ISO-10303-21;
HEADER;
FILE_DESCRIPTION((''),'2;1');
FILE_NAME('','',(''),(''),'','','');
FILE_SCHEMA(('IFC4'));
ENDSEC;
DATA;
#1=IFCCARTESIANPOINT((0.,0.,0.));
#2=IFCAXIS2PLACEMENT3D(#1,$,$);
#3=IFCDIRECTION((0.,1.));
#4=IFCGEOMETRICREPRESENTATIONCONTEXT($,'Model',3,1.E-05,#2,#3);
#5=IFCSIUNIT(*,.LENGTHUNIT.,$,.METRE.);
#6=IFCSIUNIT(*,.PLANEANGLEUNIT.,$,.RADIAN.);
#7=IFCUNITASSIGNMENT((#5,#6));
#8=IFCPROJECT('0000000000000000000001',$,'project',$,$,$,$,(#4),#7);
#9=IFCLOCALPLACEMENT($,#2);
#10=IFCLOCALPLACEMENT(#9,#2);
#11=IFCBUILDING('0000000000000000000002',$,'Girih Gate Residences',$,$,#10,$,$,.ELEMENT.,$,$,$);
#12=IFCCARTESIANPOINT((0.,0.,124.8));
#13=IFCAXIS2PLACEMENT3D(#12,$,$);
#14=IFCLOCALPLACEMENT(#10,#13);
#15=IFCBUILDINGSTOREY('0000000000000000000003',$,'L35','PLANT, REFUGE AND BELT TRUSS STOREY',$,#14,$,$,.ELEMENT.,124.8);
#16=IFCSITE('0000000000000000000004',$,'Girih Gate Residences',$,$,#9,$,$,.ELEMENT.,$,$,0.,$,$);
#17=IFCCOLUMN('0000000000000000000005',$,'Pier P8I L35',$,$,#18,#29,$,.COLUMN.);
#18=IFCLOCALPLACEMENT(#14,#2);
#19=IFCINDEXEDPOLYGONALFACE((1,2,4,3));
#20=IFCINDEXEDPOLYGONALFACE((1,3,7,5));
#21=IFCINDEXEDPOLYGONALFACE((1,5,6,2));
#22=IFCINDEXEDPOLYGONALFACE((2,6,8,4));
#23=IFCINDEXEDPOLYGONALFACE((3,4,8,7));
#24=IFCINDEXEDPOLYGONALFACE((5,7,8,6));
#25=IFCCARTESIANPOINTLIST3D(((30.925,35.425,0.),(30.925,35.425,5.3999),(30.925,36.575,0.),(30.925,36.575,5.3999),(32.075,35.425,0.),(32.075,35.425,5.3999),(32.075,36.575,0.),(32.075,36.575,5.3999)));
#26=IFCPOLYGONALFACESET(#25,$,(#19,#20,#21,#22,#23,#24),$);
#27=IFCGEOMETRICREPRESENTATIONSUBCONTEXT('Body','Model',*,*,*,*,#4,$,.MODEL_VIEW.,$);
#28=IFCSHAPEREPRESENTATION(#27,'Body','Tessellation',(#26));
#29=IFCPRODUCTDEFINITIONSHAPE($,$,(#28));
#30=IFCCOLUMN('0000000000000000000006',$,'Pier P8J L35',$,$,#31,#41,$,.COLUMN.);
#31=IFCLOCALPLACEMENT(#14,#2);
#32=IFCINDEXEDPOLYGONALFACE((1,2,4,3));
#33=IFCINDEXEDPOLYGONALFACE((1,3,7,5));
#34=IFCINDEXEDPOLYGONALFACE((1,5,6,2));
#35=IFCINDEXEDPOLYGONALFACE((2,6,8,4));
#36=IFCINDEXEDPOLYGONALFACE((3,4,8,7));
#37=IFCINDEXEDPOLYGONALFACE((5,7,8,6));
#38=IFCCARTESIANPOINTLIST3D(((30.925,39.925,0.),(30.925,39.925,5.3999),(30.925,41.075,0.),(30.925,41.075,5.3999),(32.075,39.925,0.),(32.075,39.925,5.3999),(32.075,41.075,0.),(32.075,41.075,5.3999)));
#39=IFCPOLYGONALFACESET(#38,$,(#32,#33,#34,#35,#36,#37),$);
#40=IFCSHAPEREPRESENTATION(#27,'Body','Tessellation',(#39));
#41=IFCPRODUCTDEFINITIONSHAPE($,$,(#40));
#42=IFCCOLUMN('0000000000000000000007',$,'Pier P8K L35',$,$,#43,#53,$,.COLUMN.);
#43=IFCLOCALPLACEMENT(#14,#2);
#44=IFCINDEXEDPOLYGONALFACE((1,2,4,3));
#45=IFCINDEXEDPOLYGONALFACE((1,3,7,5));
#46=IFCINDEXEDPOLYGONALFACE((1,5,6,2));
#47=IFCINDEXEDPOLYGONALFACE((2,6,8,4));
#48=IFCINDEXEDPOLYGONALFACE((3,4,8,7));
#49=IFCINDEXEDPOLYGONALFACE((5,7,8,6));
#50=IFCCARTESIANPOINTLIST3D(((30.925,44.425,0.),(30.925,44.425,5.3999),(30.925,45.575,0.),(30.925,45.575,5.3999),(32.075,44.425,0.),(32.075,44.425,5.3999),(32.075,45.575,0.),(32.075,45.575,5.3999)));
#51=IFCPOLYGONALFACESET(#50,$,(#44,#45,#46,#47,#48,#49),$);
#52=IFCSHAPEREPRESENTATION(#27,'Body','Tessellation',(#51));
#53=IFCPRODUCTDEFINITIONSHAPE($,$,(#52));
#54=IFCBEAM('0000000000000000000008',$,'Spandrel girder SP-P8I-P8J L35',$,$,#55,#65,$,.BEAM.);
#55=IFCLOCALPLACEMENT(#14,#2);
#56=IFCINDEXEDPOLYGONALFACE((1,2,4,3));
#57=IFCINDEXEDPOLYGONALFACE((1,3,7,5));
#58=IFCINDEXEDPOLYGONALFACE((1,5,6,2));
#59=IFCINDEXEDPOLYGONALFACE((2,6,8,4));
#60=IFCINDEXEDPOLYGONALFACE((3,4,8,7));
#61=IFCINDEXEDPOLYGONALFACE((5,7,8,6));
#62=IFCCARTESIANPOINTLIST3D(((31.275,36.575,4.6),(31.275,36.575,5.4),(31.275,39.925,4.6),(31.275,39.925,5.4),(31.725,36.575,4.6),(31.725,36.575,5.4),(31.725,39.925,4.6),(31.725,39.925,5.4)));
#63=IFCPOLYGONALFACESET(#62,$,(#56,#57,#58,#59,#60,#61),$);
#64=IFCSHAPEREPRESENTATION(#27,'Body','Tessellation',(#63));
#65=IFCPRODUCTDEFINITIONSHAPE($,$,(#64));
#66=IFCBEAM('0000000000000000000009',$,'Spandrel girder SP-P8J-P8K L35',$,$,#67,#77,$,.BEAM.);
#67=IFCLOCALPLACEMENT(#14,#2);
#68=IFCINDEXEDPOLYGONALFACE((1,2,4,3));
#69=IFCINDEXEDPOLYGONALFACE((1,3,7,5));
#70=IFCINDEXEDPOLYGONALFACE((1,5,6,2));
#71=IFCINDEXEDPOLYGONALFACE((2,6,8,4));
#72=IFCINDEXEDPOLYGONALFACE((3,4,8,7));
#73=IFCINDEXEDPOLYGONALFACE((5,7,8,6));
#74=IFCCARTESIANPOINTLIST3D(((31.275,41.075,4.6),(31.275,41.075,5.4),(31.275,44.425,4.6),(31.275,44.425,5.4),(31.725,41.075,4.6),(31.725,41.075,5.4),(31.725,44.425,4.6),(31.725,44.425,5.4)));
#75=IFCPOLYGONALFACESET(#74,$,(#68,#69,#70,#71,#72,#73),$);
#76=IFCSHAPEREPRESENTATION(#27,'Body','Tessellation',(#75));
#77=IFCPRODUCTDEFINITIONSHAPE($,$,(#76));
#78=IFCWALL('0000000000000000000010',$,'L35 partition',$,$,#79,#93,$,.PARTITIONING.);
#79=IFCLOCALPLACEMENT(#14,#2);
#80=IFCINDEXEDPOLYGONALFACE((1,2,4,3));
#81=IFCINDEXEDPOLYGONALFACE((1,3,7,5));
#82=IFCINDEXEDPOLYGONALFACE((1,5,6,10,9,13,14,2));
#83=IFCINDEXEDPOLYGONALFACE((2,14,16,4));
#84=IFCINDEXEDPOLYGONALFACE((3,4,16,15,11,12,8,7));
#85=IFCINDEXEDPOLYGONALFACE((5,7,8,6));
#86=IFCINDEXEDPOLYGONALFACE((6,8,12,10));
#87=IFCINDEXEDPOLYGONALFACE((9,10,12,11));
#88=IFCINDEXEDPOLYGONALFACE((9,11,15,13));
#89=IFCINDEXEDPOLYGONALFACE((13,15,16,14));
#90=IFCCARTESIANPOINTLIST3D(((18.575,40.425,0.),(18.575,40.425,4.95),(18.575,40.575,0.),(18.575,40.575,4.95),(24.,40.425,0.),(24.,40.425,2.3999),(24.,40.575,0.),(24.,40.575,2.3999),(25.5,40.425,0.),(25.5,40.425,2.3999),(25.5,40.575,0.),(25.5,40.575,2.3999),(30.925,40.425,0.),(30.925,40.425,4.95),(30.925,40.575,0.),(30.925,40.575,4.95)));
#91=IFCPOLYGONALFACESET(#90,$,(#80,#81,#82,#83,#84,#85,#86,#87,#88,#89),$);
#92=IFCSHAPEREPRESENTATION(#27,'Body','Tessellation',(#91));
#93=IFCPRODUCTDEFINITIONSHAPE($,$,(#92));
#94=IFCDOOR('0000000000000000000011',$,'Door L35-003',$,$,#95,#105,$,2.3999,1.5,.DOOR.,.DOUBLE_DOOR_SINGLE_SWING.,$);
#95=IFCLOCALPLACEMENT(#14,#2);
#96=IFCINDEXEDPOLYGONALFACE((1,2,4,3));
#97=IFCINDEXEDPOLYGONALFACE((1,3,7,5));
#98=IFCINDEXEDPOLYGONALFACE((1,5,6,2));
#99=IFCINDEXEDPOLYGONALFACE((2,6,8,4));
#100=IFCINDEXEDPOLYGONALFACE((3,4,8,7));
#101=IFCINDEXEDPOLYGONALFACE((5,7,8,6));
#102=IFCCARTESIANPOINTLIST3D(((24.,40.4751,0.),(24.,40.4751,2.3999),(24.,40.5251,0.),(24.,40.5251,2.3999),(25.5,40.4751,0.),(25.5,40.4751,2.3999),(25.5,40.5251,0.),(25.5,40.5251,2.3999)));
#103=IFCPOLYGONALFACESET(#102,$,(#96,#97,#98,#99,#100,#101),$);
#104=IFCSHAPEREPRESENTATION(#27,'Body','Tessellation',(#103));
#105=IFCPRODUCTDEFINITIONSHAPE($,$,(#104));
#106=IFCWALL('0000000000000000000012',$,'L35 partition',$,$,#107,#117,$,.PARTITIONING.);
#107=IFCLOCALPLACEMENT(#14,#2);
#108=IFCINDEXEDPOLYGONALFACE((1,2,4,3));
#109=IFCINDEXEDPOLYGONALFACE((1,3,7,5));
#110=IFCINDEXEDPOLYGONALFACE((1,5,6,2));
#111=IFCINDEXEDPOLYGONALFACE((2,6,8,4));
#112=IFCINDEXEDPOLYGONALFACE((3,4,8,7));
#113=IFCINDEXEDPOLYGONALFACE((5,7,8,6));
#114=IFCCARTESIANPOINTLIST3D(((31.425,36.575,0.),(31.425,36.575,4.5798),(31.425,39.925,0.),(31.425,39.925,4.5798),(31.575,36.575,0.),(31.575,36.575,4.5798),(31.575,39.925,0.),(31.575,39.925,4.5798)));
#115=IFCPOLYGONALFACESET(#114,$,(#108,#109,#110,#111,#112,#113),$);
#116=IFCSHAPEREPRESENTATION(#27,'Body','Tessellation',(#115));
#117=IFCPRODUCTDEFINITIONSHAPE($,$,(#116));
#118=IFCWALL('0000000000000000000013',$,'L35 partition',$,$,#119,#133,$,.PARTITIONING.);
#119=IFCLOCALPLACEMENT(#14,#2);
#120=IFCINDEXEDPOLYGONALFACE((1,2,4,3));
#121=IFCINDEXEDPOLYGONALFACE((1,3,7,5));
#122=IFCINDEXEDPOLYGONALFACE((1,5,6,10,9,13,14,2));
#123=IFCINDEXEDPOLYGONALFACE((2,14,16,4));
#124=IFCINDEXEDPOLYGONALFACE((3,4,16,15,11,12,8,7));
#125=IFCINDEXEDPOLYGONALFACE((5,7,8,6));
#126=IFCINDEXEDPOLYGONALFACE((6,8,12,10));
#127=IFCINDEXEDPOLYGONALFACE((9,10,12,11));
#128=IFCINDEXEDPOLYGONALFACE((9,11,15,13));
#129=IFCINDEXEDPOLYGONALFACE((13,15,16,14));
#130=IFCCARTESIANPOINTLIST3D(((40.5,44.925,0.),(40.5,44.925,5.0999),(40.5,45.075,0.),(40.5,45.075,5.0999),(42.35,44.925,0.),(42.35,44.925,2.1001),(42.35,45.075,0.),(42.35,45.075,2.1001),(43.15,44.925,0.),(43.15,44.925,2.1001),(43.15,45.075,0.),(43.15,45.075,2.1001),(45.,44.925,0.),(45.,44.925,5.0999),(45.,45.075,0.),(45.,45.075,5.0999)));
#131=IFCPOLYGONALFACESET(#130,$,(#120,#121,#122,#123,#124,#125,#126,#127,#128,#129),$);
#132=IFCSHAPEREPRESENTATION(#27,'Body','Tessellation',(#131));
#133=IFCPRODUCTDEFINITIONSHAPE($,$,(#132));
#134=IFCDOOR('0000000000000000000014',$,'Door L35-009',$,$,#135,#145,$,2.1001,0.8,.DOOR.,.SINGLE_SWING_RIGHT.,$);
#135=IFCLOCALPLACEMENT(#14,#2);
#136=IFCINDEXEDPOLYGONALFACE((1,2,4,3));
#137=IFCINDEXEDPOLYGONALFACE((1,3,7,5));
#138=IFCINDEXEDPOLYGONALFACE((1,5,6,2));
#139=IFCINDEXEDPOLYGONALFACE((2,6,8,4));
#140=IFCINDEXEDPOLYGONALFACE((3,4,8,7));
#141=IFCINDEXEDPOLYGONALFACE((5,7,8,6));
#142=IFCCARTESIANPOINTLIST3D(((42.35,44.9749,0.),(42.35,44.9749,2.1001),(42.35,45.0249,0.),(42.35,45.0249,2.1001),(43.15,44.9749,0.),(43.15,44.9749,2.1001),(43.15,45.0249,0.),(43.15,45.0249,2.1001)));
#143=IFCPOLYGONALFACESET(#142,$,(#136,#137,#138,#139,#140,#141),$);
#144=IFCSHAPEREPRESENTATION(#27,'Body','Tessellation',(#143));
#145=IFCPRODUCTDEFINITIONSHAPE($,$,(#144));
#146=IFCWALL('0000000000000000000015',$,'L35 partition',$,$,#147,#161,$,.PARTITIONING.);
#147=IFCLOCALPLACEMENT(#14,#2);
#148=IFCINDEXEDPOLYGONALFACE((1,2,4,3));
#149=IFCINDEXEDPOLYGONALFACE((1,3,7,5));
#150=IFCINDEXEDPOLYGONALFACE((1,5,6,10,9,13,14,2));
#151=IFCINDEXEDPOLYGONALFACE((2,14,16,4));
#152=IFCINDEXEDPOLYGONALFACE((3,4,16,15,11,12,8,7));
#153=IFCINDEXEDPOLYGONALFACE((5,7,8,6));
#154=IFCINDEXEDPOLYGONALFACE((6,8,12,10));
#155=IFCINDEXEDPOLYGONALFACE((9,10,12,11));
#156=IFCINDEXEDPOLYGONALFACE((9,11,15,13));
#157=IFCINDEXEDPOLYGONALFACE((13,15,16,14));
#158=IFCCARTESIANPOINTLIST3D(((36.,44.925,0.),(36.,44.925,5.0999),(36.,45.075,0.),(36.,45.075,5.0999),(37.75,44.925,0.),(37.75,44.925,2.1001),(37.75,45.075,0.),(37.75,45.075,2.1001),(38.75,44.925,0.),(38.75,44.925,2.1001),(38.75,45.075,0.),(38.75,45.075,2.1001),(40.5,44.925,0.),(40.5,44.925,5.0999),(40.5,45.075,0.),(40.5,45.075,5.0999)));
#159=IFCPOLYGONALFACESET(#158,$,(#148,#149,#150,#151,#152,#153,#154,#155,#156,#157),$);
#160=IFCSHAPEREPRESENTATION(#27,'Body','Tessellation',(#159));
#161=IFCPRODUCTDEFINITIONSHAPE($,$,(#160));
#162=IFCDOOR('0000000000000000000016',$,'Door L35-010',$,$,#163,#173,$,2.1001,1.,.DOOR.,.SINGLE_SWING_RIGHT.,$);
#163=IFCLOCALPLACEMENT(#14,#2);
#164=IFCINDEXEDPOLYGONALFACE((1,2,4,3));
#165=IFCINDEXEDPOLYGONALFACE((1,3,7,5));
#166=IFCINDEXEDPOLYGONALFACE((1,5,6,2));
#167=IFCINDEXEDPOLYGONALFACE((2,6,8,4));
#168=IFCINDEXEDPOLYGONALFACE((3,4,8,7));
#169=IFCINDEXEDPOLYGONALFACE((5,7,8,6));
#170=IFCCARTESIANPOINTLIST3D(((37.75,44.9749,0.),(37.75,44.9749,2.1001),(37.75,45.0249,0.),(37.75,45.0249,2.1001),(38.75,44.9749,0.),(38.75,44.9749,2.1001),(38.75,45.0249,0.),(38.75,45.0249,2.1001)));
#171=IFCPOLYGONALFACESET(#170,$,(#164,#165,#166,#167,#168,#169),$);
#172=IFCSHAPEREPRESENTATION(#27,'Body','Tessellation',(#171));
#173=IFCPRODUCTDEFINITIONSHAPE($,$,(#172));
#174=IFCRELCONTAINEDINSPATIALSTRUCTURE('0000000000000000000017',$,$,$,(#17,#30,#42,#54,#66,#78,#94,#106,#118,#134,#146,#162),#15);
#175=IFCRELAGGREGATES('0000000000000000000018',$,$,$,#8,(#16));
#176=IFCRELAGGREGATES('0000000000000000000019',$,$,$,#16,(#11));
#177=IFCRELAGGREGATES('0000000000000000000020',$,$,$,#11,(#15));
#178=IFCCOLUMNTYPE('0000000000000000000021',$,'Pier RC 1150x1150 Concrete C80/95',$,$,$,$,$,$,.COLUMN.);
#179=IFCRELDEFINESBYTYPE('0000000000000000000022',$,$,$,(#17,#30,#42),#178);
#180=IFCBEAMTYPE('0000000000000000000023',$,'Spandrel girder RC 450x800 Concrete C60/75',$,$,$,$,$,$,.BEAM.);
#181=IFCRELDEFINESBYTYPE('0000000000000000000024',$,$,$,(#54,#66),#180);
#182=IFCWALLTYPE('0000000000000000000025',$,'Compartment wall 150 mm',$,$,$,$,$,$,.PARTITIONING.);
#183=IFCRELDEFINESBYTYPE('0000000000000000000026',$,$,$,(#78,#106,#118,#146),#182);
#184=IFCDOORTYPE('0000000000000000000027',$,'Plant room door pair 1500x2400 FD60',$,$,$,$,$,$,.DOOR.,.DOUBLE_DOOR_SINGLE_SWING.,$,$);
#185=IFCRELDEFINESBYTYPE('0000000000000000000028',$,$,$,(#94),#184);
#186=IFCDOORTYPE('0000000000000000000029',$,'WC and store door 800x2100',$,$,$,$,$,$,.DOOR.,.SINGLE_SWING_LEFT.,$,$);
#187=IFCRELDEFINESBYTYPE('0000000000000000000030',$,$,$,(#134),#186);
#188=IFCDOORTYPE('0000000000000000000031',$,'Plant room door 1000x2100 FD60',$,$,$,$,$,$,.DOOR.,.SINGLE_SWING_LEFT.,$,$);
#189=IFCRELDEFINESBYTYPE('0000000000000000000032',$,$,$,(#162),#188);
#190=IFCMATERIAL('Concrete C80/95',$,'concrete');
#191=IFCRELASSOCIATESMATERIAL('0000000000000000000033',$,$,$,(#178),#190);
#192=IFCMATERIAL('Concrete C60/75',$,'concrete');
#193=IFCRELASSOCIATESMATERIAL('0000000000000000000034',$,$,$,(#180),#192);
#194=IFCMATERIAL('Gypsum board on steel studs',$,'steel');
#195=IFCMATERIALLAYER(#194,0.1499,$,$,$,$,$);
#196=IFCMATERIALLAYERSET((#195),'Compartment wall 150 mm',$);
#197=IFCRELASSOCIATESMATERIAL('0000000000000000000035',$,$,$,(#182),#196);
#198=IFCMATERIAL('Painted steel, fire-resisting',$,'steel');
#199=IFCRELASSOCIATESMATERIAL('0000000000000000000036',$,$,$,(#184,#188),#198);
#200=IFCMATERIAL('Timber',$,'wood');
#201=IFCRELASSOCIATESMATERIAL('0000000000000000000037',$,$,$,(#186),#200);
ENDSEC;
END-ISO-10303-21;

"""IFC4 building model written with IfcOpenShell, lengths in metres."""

from ifc_helpers import new_model, si_unit, direction, frame, frame_2d, origin, origin_2d, place, context, subcontext, project, spatial, rectangle, extrude, material, layer, layer_set, material_profile, profile_set, type_object, element, fill, save


model = new_model("IFC4")

# Units and contexts
model_context = context("Model", 3, precision=1e-05, world=origin(), true_north=direction((0.0, 1.0)))
body_context = subcontext(model_context, "Body", "Model", "MODEL_VIEW")
ifc_project = project(units=[si_unit("LENGTHUNIT", "METRE"), si_unit("PLANEANGLEUNIT", "RADIAN")], contexts=[model_context])

# Site, building, storey
site_placement = place(None, origin())
site = spatial("IfcSite", under=ifc_project, at=site_placement, Name="Girih Gate Residences", CompositionType="ELEMENT", RefElevation=0.0)
building_placement = place(site_placement, origin())
building = spatial("IfcBuilding", under=site, at=building_placement, Name="Girih Gate Residences", CompositionType="ELEMENT")
storey_placement = place(building_placement, frame((0.0, 0.0, 124.8)))
storey = spatial("IfcBuildingStorey", under=building, at=storey_placement, Name="L35", Description="PLANT, REFUGE AND BELT TRUSS STOREY", CompositionType="ELEMENT", Elevation=124.8)

# Columns
ifc_material_1 = material(Name="Concrete C80/95", Category="concrete")
ifc_material_profile_1 = material_profile(ifc_material_1, rectangle(XDim=1.1499, YDim=1.1499, at=origin_2d()))
ifc_profile_set_1 = profile_set([ifc_material_profile_1], Name="Concrete C80/95")
column_type = type_object("IfcColumnType", Name="Pier RC 1150x1150 Concrete C80/95", PredefinedType="COLUMN", material=ifc_profile_set_1)
for number, where, z_axis, x_axis, name in (
    (1, (31.5, 36.0, 0.0), (0.0, 0.0, 1.0), (1.0, 0.0, 0.0), "Pier P8I L35"),
    (2, (31.5, 40.5, 0.0), (0.0, 0.0, 1.0), (1.0, 0.0, 0.0), "Pier P8J L35"),
    (3, (31.5, 45.0, 0.0), (0.0, 0.0, 1.0), (1.0, 0.0, 0.0), "Pier P8K L35"),
):
    element("IfcColumn", number, at=place(storey_placement, frame(where, z_axis=z_axis, x_axis=x_axis)), inside=storey, type_object=column_type, Name=name, PredefinedType="COLUMN", context=body_context, shape_type="SweptSolid", body=[
        extrude(rectangle(XDim=1.1499, YDim=1.1499, at=origin_2d()), origin(), (0.0, 0.0, 1.0), 5.3999),
    ])

# Beams
ifc_material_2 = material(Name="Concrete C60/75", Category="concrete")
ifc_material_profile_2 = material_profile(ifc_material_2, rectangle(XDim=0.45, YDim=0.8, at=origin_2d()))
ifc_profile_set_2 = profile_set([ifc_material_profile_2], Name="Concrete C60/75")
beam_type = type_object("IfcBeamType", Name="Spandrel girder RC 450x800 Concrete C60/75", PredefinedType="BEAM", material=ifc_profile_set_2)
for number, where, z_axis, x_axis, name in (
    (4, (31.5, 36.575, 5.0), (0.0, 1.0, 0.0), (-1.0, 0.0, 0.0), "Spandrel girder SP-P8I-P8J L35"),
    (5, (31.5, 41.075, 5.0), (0.0, 1.0, 0.0), (-1.0, 0.0, 0.0), "Spandrel girder SP-P8J-P8K L35"),
):
    element("IfcBeam", number, at=place(storey_placement, frame(where, z_axis=z_axis, x_axis=x_axis)), inside=storey, type_object=beam_type, Name=name, PredefinedType="BEAM", context=body_context, shape_type="SweptSolid", body=[
        extrude(rectangle(XDim=0.45, YDim=0.8, at=origin_2d()), origin(), (0.0, 0.0, 1.0), 3.3501),
    ])

# Wall, opening, door
ifc_material_3 = material(Name="Gypsum board on steel studs", Category="steel")
ifc_layer_1 = layer(ifc_material_3, 0.1499)
ifc_layer_set_1 = layer_set([ifc_layer_1], Name="Compartment wall 150 mm")
wall_type_1 = type_object("IfcWallType", Name="Compartment wall 150 mm", PredefinedType="PARTITIONING", material=ifc_layer_set_1)
wall_1_placement = place(storey_placement, frame((30.925, 40.5, 0.0), z_axis=(0.0, 0.0, 1.0), x_axis=(-1.0, 0.0, 0.0)))
wall_1 = element("IfcWall", 6, at=wall_1_placement, inside=storey, type_object=wall_type_1, Name="L35 partition", PredefinedType="PARTITIONING", context=body_context, shape_type="SweptSolid", body=[
    extrude(rectangle(XDim=12.3501, YDim=0.1499, at=frame_2d((6.175, 0.0))), origin(), (0.0, 0.0, 1.0), 4.95),
])
opening_1_placement = place(wall_1_placement, frame((5.425, 0.0, 0.0)))
opening_1 = element("IfcOpeningElement", 7, at=opening_1_placement, cuts=wall_1, PredefinedType="OPENING", context=body_context, shape_type="SweptSolid", body=[
    extrude(rectangle(XDim=1.5, YDim=2.3999, at=frame_2d((0.75, 1.2))), frame((0.0, 0.085, 0.0), z_axis=(0.0, -1.0, 0.0), x_axis=(1.0, 0.0, 0.0)), (0.0, 0.0, 1.0), 0.1699),
])
ifc_material_4 = material(Name="Painted steel, fire-resisting", Category="steel")
door_type_1 = type_object("IfcDoorType", Name="Plant room door pair 1500x2400 FD60", OperationType="DOUBLE_DOOR_SINGLE_SWING", PredefinedType="DOOR", material=ifc_material_4)
door_1_placement = place(opening_1_placement, origin())
door_1 = element("IfcDoor", 8, at=door_1_placement, inside=storey, type_object=door_type_1, Name="Door L35-003", OperationType="DOUBLE_DOOR_SINGLE_SWING", OverallHeight=2.3999, OverallWidth=1.5, PredefinedType="DOOR", context=body_context, shape_type="SweptSolid", body=[
    extrude(rectangle(XDim=1.5, YDim=2.3999, at=frame_2d((0.75, 1.2))), frame((0.0, 0.0249, 0.0), z_axis=(0.0, -1.0, 0.0), x_axis=(1.0, 0.0, 0.0)), (0.0, 0.0, 1.0), 0.05),
])
fill(opening_1, door_1)

# Wall
wall_2_placement = place(storey_placement, frame((31.5, 36.575, 0.0), z_axis=(0.0, 0.0, 1.0), x_axis=(0.0, 1.0, 0.0)))
element("IfcWall", 9, at=wall_2_placement, inside=storey, type_object=wall_type_1, Name="L35 partition", PredefinedType="PARTITIONING", context=body_context, shape_type="SweptSolid", body=[
    extrude(rectangle(XDim=3.3501, YDim=0.1499, at=frame_2d((1.675, 0.0))), origin(), (0.0, 0.0, 1.0), 4.5798),
])

# Walls, openings, doors
wall_3_placement = place(storey_placement, frame((40.5, 45.0, 0.0), z_axis=(0.0, 0.0, 1.0), x_axis=(1.0, 0.0, 0.0)))
wall_3 = element("IfcWall", 10, at=wall_3_placement, inside=storey, type_object=wall_type_1, Name="L35 partition", PredefinedType="PARTITIONING", context=body_context, shape_type="SweptSolid", body=[
    extrude(rectangle(XDim=4.5, YDim=0.1499, at=frame_2d((2.25, 0.0))), origin(), (0.0, 0.0, 1.0), 5.0999),
])
opening_2_placement = place(wall_3_placement, frame((1.8501, 0.0, 0.0)))
opening_2 = element("IfcOpeningElement", 11, at=opening_2_placement, cuts=wall_3, PredefinedType="OPENING", context=body_context, shape_type="SweptSolid", body=[
    extrude(rectangle(XDim=0.8, YDim=2.1001, at=frame_2d((0.3999, 1.05))), frame((0.0, 0.085, 0.0), z_axis=(0.0, -1.0, 0.0), x_axis=(1.0, 0.0, 0.0)), (0.0, 0.0, 1.0), 0.1699),
])
ifc_material_5 = material(Name="Timber", Category="wood")
door_type_2 = type_object("IfcDoorType", Name="WC and store door 800x2100", OperationType="SINGLE_SWING_LEFT", PredefinedType="DOOR", material=ifc_material_5)
door_2_placement = place(opening_2_placement, origin())
door_2 = element("IfcDoor", 12, at=door_2_placement, inside=storey, type_object=door_type_2, Name="Door L35-009", OperationType="SINGLE_SWING_RIGHT", OverallHeight=2.1001, OverallWidth=0.8, PredefinedType="DOOR", context=body_context, shape_type="SweptSolid", body=[
    extrude(rectangle(XDim=0.8, YDim=2.1001, at=frame_2d((0.3999, 1.05))), frame((0.0, 0.0249, 0.0), z_axis=(0.0, -1.0, 0.0), x_axis=(1.0, 0.0, 0.0)), (0.0, 0.0, 1.0), 0.05),
])
fill(opening_2, door_2)
wall_4_placement = place(storey_placement, frame((36.0, 45.0, 0.0), z_axis=(0.0, 0.0, 1.0), x_axis=(1.0, 0.0, 0.0)))
wall_4 = element("IfcWall", 13, at=wall_4_placement, inside=storey, type_object=wall_type_1, Name="L35 partition", PredefinedType="PARTITIONING", context=body_context, shape_type="SweptSolid", body=[
    extrude(rectangle(XDim=4.5, YDim=0.1499, at=frame_2d((2.25, 0.0))), origin(), (0.0, 0.0, 1.0), 5.0999),
])
opening_3_placement = place(wall_4_placement, frame((1.75, 0.0, 0.0)))
opening_3 = element("IfcOpeningElement", 14, at=opening_3_placement, cuts=wall_4, PredefinedType="OPENING", context=body_context, shape_type="SweptSolid", body=[
    extrude(rectangle(XDim=1.0, YDim=2.1001, at=frame_2d((0.5, 1.05))), frame((0.0, 0.085, 0.0), z_axis=(0.0, -1.0, 0.0), x_axis=(1.0, 0.0, 0.0)), (0.0, 0.0, 1.0), 0.1699),
])
door_type_3 = type_object("IfcDoorType", Name="Plant room door 1000x2100 FD60", OperationType="SINGLE_SWING_LEFT", PredefinedType="DOOR", material=ifc_material_4)
door_3_placement = place(opening_3_placement, origin())
door_3 = element("IfcDoor", 15, at=door_3_placement, inside=storey, type_object=door_type_3, Name="Door L35-010", OperationType="SINGLE_SWING_RIGHT", OverallHeight=2.1001, OverallWidth=1.0, PredefinedType="DOOR", context=body_context, shape_type="SweptSolid", body=[
    extrude(rectangle(XDim=1.0, YDim=2.1001, at=frame_2d((0.5, 1.05))), frame((0.0, 0.0249, 0.0), z_axis=(0.0, -1.0, 0.0), x_axis=(1.0, 0.0, 0.0)), (0.0, 0.0, 1.0), 0.05),
])
fill(opening_3, door_3)

save(model, "model.ifc")
